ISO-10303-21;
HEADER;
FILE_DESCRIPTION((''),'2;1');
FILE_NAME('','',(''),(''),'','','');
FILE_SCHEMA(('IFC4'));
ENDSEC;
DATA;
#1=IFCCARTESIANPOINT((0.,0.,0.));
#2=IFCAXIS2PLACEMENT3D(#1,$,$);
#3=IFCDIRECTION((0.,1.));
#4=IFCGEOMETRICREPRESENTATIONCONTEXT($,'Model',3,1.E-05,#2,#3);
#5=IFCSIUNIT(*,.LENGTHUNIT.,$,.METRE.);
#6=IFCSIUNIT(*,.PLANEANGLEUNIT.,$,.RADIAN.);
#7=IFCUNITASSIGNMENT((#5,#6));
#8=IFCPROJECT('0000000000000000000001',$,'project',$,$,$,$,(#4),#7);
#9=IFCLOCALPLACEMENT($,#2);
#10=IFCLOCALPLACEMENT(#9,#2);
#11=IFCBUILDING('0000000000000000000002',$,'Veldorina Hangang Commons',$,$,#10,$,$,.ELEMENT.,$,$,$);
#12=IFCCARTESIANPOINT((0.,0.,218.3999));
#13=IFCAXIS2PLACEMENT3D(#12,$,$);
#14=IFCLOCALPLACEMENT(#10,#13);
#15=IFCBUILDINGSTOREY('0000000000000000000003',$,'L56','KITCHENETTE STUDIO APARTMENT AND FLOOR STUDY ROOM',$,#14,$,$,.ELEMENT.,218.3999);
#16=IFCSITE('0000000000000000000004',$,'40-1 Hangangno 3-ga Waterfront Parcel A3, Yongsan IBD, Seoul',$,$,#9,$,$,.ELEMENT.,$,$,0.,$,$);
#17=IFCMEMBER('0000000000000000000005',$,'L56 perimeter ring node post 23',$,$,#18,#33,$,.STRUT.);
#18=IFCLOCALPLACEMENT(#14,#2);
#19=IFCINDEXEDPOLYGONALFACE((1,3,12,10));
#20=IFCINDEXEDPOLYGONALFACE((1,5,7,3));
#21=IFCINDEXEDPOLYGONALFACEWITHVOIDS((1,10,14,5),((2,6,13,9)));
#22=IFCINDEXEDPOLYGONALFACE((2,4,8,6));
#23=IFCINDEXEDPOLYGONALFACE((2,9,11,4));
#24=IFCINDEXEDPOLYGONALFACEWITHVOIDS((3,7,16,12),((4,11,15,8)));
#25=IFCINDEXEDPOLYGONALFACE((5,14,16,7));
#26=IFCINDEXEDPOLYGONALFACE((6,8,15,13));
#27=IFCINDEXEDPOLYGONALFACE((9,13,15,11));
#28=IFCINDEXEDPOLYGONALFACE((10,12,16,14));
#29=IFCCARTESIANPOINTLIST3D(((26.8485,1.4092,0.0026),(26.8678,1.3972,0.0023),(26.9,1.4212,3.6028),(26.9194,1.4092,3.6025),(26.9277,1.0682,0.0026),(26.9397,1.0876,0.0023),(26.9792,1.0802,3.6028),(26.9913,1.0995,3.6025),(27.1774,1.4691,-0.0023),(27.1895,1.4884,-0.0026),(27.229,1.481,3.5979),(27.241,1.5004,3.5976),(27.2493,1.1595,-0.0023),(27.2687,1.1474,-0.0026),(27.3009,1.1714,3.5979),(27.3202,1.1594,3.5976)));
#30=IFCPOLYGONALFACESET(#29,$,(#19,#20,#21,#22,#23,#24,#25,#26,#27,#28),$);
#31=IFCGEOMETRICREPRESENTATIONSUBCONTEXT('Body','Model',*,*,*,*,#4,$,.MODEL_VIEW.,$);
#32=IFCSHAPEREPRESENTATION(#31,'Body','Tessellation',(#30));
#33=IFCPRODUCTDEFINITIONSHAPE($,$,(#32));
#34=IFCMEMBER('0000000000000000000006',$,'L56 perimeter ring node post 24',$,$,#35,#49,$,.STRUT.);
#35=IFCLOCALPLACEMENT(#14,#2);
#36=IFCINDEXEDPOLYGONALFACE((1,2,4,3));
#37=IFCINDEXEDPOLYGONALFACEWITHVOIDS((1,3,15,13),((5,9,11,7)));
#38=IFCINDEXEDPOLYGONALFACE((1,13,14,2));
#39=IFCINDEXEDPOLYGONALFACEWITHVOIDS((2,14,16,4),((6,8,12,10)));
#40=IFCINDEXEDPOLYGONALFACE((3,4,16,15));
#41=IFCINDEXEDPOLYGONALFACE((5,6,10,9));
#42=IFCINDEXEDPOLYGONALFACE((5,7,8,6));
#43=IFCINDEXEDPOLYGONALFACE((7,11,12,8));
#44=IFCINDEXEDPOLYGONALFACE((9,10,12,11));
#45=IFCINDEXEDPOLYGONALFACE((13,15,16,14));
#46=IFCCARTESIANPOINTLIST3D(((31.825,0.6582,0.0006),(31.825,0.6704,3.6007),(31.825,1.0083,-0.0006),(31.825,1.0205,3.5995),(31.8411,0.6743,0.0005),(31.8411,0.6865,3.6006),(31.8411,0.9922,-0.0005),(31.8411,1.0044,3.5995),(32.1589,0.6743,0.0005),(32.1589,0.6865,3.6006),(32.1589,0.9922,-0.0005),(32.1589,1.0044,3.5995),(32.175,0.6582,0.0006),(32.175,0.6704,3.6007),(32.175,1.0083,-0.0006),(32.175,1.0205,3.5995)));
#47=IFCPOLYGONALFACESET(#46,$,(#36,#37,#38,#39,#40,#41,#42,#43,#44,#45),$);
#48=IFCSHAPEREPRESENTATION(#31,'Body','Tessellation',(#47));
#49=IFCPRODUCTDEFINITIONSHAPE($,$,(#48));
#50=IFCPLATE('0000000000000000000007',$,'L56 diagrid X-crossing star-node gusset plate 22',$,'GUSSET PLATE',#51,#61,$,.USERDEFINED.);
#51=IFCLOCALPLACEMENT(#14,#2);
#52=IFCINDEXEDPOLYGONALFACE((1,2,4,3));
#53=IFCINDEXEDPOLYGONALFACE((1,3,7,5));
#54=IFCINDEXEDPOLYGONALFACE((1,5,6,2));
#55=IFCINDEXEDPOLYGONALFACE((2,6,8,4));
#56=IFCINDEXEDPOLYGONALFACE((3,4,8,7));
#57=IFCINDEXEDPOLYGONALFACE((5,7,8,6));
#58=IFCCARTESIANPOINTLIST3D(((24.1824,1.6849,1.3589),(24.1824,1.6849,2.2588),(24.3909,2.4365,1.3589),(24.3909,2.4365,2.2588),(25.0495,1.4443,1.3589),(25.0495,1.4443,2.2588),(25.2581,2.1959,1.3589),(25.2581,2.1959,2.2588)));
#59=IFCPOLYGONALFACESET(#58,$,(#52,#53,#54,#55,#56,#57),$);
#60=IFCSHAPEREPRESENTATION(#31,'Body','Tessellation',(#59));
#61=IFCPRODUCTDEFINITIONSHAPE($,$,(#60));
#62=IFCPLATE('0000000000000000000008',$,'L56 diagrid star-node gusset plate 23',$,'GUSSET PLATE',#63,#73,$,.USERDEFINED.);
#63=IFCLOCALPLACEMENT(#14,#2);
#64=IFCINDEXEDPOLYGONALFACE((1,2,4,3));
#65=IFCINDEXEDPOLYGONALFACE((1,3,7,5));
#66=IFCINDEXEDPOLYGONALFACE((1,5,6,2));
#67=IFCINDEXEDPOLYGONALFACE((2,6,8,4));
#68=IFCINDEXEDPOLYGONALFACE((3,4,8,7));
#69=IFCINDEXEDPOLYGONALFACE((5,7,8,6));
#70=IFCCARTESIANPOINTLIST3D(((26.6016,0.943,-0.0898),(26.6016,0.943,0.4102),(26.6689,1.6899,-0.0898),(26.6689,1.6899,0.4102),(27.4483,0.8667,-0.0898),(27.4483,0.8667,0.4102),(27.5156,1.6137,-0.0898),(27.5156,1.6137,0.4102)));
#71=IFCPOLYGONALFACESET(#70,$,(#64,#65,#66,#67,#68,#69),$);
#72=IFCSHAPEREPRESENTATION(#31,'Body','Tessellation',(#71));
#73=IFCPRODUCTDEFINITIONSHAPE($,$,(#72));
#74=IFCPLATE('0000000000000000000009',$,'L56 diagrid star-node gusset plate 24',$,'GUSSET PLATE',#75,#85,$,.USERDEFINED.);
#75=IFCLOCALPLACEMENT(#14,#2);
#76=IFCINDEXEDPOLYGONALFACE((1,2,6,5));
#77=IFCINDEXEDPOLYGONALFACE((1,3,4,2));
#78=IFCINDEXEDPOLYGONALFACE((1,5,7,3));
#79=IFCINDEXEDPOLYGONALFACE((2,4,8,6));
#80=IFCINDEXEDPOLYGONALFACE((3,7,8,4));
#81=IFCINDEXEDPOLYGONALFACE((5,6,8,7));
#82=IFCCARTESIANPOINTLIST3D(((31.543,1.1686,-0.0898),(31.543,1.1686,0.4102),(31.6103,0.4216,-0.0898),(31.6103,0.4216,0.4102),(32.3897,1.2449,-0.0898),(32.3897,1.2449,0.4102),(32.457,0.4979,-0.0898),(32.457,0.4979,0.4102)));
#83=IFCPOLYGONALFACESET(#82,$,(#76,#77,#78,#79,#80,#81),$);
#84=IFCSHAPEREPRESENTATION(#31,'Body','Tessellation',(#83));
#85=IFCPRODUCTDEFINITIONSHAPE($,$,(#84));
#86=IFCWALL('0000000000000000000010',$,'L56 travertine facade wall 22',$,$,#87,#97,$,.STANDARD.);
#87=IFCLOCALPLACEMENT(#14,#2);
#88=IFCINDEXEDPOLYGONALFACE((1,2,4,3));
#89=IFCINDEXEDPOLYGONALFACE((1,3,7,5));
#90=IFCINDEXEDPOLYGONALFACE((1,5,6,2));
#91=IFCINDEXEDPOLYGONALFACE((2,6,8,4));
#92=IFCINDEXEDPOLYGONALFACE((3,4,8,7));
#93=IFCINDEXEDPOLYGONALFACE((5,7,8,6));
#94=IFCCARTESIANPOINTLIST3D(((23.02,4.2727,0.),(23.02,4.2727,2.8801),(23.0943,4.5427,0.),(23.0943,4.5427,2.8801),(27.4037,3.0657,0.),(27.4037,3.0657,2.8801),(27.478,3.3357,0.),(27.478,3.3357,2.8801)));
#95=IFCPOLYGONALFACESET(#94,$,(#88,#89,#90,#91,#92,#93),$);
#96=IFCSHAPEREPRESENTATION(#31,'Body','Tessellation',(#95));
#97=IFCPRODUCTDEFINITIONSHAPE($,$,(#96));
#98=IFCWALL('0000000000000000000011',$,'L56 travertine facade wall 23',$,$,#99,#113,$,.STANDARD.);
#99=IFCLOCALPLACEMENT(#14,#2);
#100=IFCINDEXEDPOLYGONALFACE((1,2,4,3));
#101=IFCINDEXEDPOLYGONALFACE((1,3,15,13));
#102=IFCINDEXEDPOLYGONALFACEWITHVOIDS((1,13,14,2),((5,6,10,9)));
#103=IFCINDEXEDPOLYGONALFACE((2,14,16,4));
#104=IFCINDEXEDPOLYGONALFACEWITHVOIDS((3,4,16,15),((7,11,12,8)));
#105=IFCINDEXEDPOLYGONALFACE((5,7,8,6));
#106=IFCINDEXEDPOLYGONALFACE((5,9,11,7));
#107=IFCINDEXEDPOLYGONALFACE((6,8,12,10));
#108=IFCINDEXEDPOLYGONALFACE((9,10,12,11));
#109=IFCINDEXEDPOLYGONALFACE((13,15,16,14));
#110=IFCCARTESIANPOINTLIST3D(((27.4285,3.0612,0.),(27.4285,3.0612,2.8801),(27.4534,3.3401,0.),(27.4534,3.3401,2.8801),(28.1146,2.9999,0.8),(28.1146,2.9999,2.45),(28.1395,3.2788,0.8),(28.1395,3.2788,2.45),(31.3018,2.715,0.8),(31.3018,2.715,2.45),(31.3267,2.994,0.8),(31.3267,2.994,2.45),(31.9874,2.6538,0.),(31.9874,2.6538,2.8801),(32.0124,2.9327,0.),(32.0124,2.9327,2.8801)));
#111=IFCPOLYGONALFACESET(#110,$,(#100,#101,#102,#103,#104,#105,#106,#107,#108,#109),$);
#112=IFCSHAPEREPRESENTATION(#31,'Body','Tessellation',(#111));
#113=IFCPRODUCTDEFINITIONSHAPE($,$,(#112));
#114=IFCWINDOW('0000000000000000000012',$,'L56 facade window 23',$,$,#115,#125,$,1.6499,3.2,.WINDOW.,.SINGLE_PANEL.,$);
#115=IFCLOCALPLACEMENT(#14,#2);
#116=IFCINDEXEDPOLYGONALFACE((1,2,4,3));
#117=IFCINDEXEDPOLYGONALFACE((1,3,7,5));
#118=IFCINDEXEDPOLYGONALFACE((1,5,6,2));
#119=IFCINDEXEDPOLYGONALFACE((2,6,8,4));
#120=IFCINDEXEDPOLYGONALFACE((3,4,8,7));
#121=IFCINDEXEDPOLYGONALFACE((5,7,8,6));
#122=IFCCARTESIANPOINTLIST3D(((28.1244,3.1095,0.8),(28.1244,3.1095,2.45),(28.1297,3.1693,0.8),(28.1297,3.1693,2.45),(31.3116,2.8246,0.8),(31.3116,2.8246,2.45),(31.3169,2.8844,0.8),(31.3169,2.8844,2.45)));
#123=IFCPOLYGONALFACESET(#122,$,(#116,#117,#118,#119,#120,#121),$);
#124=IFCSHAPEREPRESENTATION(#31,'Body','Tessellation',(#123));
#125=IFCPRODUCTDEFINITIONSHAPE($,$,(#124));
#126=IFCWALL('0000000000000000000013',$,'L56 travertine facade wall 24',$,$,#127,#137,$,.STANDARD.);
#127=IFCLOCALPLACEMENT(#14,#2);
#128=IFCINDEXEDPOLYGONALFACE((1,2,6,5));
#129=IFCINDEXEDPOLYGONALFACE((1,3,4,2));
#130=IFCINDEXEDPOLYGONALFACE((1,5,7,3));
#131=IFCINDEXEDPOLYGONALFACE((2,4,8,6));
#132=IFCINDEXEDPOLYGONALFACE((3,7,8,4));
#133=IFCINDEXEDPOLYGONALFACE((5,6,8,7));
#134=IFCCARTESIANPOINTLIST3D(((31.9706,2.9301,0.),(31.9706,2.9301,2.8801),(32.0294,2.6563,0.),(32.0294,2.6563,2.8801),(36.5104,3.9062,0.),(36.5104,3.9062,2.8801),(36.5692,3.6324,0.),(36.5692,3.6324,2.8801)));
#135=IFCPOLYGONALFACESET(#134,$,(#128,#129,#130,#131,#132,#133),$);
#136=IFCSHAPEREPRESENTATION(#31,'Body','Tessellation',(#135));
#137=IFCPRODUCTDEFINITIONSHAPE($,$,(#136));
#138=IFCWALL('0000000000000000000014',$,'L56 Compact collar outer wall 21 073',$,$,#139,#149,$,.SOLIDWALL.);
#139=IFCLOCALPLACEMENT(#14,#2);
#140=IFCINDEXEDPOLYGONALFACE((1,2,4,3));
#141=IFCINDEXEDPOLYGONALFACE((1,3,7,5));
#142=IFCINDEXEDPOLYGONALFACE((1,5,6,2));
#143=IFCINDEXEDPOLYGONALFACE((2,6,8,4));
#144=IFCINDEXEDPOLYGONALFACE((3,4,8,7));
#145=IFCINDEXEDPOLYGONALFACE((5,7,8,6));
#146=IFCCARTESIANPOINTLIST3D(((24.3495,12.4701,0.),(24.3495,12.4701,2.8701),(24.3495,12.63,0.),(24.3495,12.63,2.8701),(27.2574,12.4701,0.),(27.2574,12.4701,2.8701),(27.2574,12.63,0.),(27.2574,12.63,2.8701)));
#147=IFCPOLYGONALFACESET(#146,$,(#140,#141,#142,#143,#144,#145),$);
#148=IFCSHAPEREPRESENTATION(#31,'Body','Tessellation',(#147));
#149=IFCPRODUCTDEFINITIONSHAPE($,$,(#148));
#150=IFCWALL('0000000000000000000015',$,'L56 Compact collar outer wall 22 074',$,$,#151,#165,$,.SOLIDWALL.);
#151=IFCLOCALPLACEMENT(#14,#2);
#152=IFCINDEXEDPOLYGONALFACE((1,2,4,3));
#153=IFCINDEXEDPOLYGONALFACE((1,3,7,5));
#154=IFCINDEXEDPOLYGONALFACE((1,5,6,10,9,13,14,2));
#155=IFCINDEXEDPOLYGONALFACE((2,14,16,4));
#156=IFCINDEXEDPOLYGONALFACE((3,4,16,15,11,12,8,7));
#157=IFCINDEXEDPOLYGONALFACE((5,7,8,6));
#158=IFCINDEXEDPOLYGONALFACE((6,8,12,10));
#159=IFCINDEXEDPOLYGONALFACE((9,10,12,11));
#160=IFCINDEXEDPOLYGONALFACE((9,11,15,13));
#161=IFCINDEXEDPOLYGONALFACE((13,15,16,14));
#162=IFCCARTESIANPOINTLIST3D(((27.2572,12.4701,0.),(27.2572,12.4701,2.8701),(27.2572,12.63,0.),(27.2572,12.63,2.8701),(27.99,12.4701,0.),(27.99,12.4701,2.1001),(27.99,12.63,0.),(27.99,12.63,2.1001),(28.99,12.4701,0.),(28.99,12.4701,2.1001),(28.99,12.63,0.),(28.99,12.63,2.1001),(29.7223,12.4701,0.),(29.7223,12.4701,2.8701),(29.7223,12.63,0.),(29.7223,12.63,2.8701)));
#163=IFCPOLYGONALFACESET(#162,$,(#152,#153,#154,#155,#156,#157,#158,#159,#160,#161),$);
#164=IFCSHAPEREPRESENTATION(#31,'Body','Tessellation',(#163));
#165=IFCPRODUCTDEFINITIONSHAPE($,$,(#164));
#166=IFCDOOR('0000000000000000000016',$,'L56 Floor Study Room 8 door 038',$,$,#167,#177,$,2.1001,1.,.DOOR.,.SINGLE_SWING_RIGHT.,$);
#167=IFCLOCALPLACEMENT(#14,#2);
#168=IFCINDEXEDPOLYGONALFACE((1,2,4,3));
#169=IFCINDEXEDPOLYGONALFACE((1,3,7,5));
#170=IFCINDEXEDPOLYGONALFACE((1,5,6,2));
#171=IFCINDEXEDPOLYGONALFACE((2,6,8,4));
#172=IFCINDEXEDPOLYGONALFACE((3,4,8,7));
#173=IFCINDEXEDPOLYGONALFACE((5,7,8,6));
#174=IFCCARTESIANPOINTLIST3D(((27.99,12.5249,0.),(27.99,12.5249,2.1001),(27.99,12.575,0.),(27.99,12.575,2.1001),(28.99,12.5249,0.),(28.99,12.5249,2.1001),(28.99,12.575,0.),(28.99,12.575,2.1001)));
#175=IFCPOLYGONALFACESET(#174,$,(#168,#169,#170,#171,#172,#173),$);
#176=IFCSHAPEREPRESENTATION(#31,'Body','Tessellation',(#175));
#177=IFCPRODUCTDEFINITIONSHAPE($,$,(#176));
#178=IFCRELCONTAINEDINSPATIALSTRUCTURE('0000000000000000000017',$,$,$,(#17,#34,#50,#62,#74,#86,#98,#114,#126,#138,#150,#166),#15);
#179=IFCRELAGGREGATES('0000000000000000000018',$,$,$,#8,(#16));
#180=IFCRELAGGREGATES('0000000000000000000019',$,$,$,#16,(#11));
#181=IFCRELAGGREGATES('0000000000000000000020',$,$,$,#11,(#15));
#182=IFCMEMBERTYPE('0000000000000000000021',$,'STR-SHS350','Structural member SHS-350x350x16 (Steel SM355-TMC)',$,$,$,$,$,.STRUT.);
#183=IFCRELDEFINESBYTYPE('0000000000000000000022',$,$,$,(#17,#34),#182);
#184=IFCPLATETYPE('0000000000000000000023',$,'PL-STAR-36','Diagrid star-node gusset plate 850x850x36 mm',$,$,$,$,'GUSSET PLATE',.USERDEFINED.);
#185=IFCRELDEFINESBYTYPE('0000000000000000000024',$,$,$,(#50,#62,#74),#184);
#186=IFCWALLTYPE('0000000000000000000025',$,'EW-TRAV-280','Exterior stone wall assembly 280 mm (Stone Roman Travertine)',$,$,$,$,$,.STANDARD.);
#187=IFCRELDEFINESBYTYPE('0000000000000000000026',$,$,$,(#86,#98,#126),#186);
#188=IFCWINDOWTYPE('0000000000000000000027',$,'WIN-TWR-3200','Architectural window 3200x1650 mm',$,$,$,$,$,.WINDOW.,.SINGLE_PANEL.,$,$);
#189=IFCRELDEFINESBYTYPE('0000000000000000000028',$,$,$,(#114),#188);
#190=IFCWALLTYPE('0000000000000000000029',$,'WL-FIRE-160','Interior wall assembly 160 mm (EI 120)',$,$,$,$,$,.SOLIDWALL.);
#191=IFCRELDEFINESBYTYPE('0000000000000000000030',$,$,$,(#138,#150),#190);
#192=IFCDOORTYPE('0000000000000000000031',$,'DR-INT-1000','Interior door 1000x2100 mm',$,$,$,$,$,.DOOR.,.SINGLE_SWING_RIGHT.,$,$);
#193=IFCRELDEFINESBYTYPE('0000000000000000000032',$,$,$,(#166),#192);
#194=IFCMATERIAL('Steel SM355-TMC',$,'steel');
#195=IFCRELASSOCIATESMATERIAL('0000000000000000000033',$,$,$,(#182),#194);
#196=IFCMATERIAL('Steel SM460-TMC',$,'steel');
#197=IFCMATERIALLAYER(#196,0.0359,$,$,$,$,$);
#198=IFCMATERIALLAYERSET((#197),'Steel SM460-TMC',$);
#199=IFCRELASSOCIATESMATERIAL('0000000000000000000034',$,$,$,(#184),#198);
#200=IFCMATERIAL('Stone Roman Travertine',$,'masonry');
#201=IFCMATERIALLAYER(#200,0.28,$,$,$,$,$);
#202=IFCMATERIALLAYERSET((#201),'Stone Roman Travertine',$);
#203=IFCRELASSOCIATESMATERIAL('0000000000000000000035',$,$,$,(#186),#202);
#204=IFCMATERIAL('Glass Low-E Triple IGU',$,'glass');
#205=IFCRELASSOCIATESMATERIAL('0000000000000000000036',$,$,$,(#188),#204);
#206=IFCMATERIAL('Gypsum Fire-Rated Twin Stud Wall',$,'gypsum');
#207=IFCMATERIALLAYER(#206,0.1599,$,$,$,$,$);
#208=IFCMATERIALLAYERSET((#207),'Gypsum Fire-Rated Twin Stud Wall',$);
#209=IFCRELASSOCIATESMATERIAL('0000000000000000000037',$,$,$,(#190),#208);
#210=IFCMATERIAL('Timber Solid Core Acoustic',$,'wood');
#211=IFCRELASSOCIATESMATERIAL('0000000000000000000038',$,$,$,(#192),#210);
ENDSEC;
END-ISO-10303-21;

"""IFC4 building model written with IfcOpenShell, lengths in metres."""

from ifc_helpers import new_model, si_unit, direction, frame, frame_2d, origin, origin_2d, place, context, subcontext, project, spatial, rectangle, hollow_rectangle, extrude, material, layer, layer_set, material_profile, profile_set, type_object, element, fill, save


model = new_model("IFC4")

# Units and contexts
model_context = context("Model", 3, precision=1e-05, world=origin(), true_north=direction((0.0, 1.0)))
body_context = subcontext(model_context, "Body", "Model", "MODEL_VIEW")
ifc_project = project(units=[si_unit("LENGTHUNIT", "METRE"), si_unit("PLANEANGLEUNIT", "RADIAN")], contexts=[model_context])

# Site, building, storey
site_placement = place(None, origin())
site = spatial("IfcSite", under=ifc_project, at=site_placement, Name="40-1 Hangangno 3-ga Waterfront Parcel A3, Yongsan IBD, Seoul", CompositionType="ELEMENT", RefElevation=0.0)
building_placement = place(site_placement, origin())
building = spatial("IfcBuilding", under=site, at=building_placement, Name="Veldorina Hangang Commons", CompositionType="ELEMENT")
storey_placement = place(building_placement, frame((0.0, 0.0, 218.3999)))
storey = spatial("IfcBuildingStorey", under=building, at=storey_placement, Name="L56", Description="KITCHENETTE STUDIO APARTMENT AND FLOOR STUDY ROOM", CompositionType="ELEMENT", Elevation=218.3999)

# Shared definitions
ifc_material_1 = material(Name="Steel SM355-TMC", Category="steel")

# Members
ifc_material_profile_1 = material_profile(ifc_material_1, hollow_rectangle(XDim=0.3501, YDim=0.3501, WallThickness=0.0161, at=origin_2d()), Name="SHS-350x350x16")
ifc_profile_set_1 = profile_set([ifc_material_profile_1], Name="Steel SM355-TMC")
member_type_1 = type_object("IfcMemberType", Name="STR-SHS350", Description="Structural member SHS-350x350x16 (Steel SM355-TMC)", PredefinedType="STRUT", material=ifc_profile_set_1)
member_1_placement = place(storey_placement, frame((27.0586, 1.2783, 0.0), z_axis=(0.014307, 0.003323, 0.999892), x_axis=(-0.226208, 0.974079, 0.0)))
element("IfcMember", 1, at=member_1_placement, inside=storey, type_object=member_type_1, Name="L56 perimeter ring node post 23", PredefinedType="STRUT", context=body_context, shape_type="SweptSolid", body=[
    extrude(hollow_rectangle(XDim=0.3501, YDim=0.3501, WallThickness=0.0161, at=origin_2d()), origin(), (0.0, 0.0, 1.0), 3.6006),
])
member_2_placement = place(storey_placement, frame((32.0, 0.8333, 0.0), z_axis=(0.0, 0.003391, 0.999994), x_axis=(-1.0, 0.0, 0.0)))
element("IfcMember", 2, at=member_2_placement, inside=storey, type_object=member_type_1, Name="L56 perimeter ring node post 24", PredefinedType="STRUT", context=body_context, shape_type="SweptSolid", body=[
    extrude(hollow_rectangle(XDim=0.3501, YDim=0.3501, WallThickness=0.0161, at=origin_2d()), origin(), (0.0, 0.0, 1.0), 3.6001),
])

# Plates
ifc_material_2 = material(Name="Steel SM460-TMC", Category="steel")
ifc_layer_1 = layer(ifc_material_2, 0.0359)
ifc_layer_set_1 = layer_set([ifc_layer_1], Name="Steel SM460-TMC")
plate_type = type_object("IfcPlateType", Name="PL-STAR-36", Description="Diagrid star-node gusset plate 850x850x36 mm", ElementType="GUSSET PLATE", PredefinedType="USERDEFINED", material=ifc_layer_set_1)
plate_placement = place(storey_placement, frame((24.7202, 1.9404, 1.3589), z_axis=(0.0, 0.0, 1.0), x_axis=(0.963593, -0.267373, 0.0)))
element("IfcPlate", 3, at=plate_placement, inside=storey, type_object=plate_type, Name="L56 diagrid X-crossing star-node gusset plate 22", ObjectType="GUSSET PLATE", PredefinedType="USERDEFINED", context=body_context, shape_type="SweptSolid", body=[
    extrude(rectangle(XDim=0.8999, YDim=0.78, at=origin_2d()), origin(), (0.0, 0.0, 1.0), 0.8999),
])
for number, where, z_axis, x_axis, name in (
    (4, (27.0586, 1.2783, -0.0898), (0.0, 0.0, 1.0), (0.995968, -0.089711, 0.0), "L56 diagrid star-node gusset plate 23"),
    (5, (32.0, 0.8333, -0.0898), (0.0, 0.0, 1.0), (0.995968, 0.089711, 0.0), "L56 diagrid star-node gusset plate 24"),
):
    element("IfcPlate", number, at=place(storey_placement, frame(where, z_axis=z_axis, x_axis=x_axis)), inside=storey, type_object=plate_type, Name=name, ObjectType="GUSSET PLATE", PredefinedType="USERDEFINED", context=body_context, shape_type="SweptSolid", body=[
        extrude(rectangle(XDim=0.8501, YDim=0.75, at=origin_2d()), origin(), (0.0, 0.0, 1.0), 0.5),
    ])

# Wall
ifc_material_3 = material(Name="Stone Roman Travertine", Category="masonry")
ifc_layer_2 = layer(ifc_material_3, 0.28)
ifc_layer_set_2 = layer_set([ifc_layer_2], Name="Stone Roman Travertine")
wall_type_1 = type_object("IfcWallType", Name="EW-TRAV-280", Description="Exterior stone wall assembly 280 mm (Stone Roman Travertine)", PredefinedType="STANDARD", material=ifc_layer_set_2)
wall_1_placement = place(storey_placement, frame((23.0571, 4.4077, 0.0), z_axis=(0.0, 0.0, 1.0), x_axis=(0.964122, -0.265461, 0.0)))
element("IfcWall", 6, at=wall_1_placement, inside=storey, type_object=wall_type_1, Name="L56 travertine facade wall 22", PredefinedType="STANDARD", context=body_context, shape_type="SweptSolid", body=[
    extrude(rectangle(XDim=4.5469, YDim=0.28, at=frame_2d((2.2734, 0.0))), origin(), (0.0, 0.0, 1.0), 2.8801),
])

# Wall, opening, window
wall_2_placement = place(storey_placement, frame((27.4409, 3.2007, 0.0), z_axis=(0.0, 0.0, 1.0), x_axis=(0.99603, -0.089021, 0.0)))
wall_2 = element("IfcWall", 7, at=wall_2_placement, inside=storey, type_object=wall_type_1, Name="L56 travertine facade wall 23", PredefinedType="STANDARD", context=body_context, shape_type="SweptSolid", body=[
    extrude(rectangle(XDim=4.5771, YDim=0.28, at=frame_2d((2.2886, 0.0))), origin(), (0.0, 0.0, 1.0), 2.8801),
])
opening_1_placement = place(wall_2_placement, frame((0.6887, 0.0, 0.8)))
opening_1 = element("IfcOpeningElement", 8, at=opening_1_placement, cuts=wall_2, PredefinedType="OPENING", context=body_context, shape_type="SweptSolid", body=[
    extrude(rectangle(XDim=3.2, YDim=1.6499, at=frame_2d((1.6001, 0.825))), frame((0.0, 0.1499, 0.0), z_axis=(0.0, -1.0, 0.0), x_axis=(1.0, 0.0, 0.0)), (0.0, 0.0, 1.0), 0.3),
])
ifc_material_4 = material(Name="Glass Low-E Triple IGU", Category="glass")
window_type = type_object("IfcWindowType", Name="WIN-TWR-3200", Description="Architectural window 3200x1650 mm", PartitioningType="SINGLE_PANEL", PredefinedType="WINDOW", material=ifc_material_4)
window_placement = place(opening_1_placement, origin())
window = element("IfcWindow", 9, at=window_placement, inside=storey, type_object=window_type, Name="L56 facade window 23", OverallHeight=1.6499, OverallWidth=3.2, PartitioningType="SINGLE_PANEL", PredefinedType="WINDOW", context=body_context, shape_type="SweptSolid", body=[
    extrude(rectangle(XDim=3.2, YDim=1.6499, at=frame_2d((1.6001, 0.825))), frame((0.0, 0.03, 0.0), z_axis=(0.0, -1.0, 0.0), x_axis=(1.0, 0.0, 0.0)), (0.0, 0.0, 1.0), 0.0601),
])
fill(opening_1, window)

# Walls
wall_3_placement = place(storey_placement, frame((32.0, 2.7932, 0.0), z_axis=(0.0, 0.0, 1.0), x_axis=(0.977658, 0.2102, 0.0)))
element("IfcWall", 10, at=wall_3_placement, inside=storey, type_object=wall_type_1, Name="L56 travertine facade wall 24", PredefinedType="STANDARD", context=body_context, shape_type="SweptSolid", body=[
    extrude(rectangle(XDim=4.6436, YDim=0.28, at=frame_2d((2.3218, 0.0))), origin(), (0.0, 0.0, 1.0), 2.8801),
])
ifc_material_5 = material(Name="Gypsum Fire-Rated Twin Stud Wall", Category="gypsum")
ifc_layer_3 = layer(ifc_material_5, 0.1599)
ifc_layer_set_3 = layer_set([ifc_layer_3], Name="Gypsum Fire-Rated Twin Stud Wall")
wall_type_2 = type_object("IfcWallType", Name="WL-FIRE-160", Description="Interior wall assembly 160 mm (EI 120)", PredefinedType="SOLIDWALL", material=ifc_layer_set_3)
wall_4_placement = place(storey_placement, frame((24.3494, 12.55, 0.0), z_axis=(0.0, 0.0, 1.0), x_axis=(1.0, 0.0, 0.0)))
element("IfcWall", 11, at=wall_4_placement, inside=storey, type_object=wall_type_2, Name="L56 Compact collar outer wall 21 073", PredefinedType="SOLIDWALL", context=body_context, shape_type="SweptSolid", body=[
    extrude(rectangle(XDim=2.908, YDim=0.1599, at=frame_2d((1.4541, 0.0))), origin(), (0.0, 0.0, 1.0), 2.8701),
])

# Wall, opening, door
wall_5_placement = place(storey_placement, frame((27.2573, 12.55, 0.0), z_axis=(0.0, 0.0, 1.0), x_axis=(1.0, 0.0, 0.0)))
wall_5 = element("IfcWall", 12, at=wall_5_placement, inside=storey, type_object=wall_type_2, Name="L56 Compact collar outer wall 22 074", PredefinedType="SOLIDWALL", context=body_context, shape_type="SweptSolid", body=[
    extrude(rectangle(XDim=2.4651, YDim=0.1599, at=frame_2d((1.2324, 0.0))), origin(), (0.0, 0.0, 1.0), 2.8701),
])
opening_2_placement = place(wall_5_placement, frame((0.7327, 0.0, 0.0)))
opening_2 = element("IfcOpeningElement", 13, at=opening_2_placement, cuts=wall_5, PredefinedType="OPENING", context=body_context, shape_type="SweptSolid", body=[
    extrude(rectangle(XDim=1.0, YDim=2.1001, at=frame_2d((0.5, 1.05))), frame((0.0, 0.0898, 0.0), z_axis=(0.0, -1.0, 0.0), x_axis=(1.0, 0.0, 0.0)), (0.0, 0.0, 1.0), 0.1799),
])
ifc_material_6 = material(Name="Timber Solid Core Acoustic", Category="wood")
door_type_1 = type_object("IfcDoorType", Name="DR-INT-1000", Description="Interior door 1000x2100 mm", OperationType="SINGLE_SWING_RIGHT", PredefinedType="DOOR", material=ifc_material_6)
door_1_placement = place(opening_2_placement, origin())
door_1 = element("IfcDoor", 14, at=door_1_placement, inside=storey, type_object=door_type_1, Name="L56 Floor Study Room 8 door 038", OperationType="SINGLE_SWING_RIGHT", OverallHeight=2.1001, OverallWidth=1.0, PredefinedType="DOOR", context=body_context, shape_type="SweptSolid", body=[
    extrude(rectangle(XDim=1.0, YDim=2.1001, at=frame_2d((0.5, 1.05))), frame((0.0, 0.0249, 0.0), z_axis=(0.0, -1.0, 0.0), x_axis=(1.0, 0.0, 0.0)), (0.0, 0.0, 1.0), 0.05),
])
fill(opening_2, door_1)

save(model, "model.ifc")
